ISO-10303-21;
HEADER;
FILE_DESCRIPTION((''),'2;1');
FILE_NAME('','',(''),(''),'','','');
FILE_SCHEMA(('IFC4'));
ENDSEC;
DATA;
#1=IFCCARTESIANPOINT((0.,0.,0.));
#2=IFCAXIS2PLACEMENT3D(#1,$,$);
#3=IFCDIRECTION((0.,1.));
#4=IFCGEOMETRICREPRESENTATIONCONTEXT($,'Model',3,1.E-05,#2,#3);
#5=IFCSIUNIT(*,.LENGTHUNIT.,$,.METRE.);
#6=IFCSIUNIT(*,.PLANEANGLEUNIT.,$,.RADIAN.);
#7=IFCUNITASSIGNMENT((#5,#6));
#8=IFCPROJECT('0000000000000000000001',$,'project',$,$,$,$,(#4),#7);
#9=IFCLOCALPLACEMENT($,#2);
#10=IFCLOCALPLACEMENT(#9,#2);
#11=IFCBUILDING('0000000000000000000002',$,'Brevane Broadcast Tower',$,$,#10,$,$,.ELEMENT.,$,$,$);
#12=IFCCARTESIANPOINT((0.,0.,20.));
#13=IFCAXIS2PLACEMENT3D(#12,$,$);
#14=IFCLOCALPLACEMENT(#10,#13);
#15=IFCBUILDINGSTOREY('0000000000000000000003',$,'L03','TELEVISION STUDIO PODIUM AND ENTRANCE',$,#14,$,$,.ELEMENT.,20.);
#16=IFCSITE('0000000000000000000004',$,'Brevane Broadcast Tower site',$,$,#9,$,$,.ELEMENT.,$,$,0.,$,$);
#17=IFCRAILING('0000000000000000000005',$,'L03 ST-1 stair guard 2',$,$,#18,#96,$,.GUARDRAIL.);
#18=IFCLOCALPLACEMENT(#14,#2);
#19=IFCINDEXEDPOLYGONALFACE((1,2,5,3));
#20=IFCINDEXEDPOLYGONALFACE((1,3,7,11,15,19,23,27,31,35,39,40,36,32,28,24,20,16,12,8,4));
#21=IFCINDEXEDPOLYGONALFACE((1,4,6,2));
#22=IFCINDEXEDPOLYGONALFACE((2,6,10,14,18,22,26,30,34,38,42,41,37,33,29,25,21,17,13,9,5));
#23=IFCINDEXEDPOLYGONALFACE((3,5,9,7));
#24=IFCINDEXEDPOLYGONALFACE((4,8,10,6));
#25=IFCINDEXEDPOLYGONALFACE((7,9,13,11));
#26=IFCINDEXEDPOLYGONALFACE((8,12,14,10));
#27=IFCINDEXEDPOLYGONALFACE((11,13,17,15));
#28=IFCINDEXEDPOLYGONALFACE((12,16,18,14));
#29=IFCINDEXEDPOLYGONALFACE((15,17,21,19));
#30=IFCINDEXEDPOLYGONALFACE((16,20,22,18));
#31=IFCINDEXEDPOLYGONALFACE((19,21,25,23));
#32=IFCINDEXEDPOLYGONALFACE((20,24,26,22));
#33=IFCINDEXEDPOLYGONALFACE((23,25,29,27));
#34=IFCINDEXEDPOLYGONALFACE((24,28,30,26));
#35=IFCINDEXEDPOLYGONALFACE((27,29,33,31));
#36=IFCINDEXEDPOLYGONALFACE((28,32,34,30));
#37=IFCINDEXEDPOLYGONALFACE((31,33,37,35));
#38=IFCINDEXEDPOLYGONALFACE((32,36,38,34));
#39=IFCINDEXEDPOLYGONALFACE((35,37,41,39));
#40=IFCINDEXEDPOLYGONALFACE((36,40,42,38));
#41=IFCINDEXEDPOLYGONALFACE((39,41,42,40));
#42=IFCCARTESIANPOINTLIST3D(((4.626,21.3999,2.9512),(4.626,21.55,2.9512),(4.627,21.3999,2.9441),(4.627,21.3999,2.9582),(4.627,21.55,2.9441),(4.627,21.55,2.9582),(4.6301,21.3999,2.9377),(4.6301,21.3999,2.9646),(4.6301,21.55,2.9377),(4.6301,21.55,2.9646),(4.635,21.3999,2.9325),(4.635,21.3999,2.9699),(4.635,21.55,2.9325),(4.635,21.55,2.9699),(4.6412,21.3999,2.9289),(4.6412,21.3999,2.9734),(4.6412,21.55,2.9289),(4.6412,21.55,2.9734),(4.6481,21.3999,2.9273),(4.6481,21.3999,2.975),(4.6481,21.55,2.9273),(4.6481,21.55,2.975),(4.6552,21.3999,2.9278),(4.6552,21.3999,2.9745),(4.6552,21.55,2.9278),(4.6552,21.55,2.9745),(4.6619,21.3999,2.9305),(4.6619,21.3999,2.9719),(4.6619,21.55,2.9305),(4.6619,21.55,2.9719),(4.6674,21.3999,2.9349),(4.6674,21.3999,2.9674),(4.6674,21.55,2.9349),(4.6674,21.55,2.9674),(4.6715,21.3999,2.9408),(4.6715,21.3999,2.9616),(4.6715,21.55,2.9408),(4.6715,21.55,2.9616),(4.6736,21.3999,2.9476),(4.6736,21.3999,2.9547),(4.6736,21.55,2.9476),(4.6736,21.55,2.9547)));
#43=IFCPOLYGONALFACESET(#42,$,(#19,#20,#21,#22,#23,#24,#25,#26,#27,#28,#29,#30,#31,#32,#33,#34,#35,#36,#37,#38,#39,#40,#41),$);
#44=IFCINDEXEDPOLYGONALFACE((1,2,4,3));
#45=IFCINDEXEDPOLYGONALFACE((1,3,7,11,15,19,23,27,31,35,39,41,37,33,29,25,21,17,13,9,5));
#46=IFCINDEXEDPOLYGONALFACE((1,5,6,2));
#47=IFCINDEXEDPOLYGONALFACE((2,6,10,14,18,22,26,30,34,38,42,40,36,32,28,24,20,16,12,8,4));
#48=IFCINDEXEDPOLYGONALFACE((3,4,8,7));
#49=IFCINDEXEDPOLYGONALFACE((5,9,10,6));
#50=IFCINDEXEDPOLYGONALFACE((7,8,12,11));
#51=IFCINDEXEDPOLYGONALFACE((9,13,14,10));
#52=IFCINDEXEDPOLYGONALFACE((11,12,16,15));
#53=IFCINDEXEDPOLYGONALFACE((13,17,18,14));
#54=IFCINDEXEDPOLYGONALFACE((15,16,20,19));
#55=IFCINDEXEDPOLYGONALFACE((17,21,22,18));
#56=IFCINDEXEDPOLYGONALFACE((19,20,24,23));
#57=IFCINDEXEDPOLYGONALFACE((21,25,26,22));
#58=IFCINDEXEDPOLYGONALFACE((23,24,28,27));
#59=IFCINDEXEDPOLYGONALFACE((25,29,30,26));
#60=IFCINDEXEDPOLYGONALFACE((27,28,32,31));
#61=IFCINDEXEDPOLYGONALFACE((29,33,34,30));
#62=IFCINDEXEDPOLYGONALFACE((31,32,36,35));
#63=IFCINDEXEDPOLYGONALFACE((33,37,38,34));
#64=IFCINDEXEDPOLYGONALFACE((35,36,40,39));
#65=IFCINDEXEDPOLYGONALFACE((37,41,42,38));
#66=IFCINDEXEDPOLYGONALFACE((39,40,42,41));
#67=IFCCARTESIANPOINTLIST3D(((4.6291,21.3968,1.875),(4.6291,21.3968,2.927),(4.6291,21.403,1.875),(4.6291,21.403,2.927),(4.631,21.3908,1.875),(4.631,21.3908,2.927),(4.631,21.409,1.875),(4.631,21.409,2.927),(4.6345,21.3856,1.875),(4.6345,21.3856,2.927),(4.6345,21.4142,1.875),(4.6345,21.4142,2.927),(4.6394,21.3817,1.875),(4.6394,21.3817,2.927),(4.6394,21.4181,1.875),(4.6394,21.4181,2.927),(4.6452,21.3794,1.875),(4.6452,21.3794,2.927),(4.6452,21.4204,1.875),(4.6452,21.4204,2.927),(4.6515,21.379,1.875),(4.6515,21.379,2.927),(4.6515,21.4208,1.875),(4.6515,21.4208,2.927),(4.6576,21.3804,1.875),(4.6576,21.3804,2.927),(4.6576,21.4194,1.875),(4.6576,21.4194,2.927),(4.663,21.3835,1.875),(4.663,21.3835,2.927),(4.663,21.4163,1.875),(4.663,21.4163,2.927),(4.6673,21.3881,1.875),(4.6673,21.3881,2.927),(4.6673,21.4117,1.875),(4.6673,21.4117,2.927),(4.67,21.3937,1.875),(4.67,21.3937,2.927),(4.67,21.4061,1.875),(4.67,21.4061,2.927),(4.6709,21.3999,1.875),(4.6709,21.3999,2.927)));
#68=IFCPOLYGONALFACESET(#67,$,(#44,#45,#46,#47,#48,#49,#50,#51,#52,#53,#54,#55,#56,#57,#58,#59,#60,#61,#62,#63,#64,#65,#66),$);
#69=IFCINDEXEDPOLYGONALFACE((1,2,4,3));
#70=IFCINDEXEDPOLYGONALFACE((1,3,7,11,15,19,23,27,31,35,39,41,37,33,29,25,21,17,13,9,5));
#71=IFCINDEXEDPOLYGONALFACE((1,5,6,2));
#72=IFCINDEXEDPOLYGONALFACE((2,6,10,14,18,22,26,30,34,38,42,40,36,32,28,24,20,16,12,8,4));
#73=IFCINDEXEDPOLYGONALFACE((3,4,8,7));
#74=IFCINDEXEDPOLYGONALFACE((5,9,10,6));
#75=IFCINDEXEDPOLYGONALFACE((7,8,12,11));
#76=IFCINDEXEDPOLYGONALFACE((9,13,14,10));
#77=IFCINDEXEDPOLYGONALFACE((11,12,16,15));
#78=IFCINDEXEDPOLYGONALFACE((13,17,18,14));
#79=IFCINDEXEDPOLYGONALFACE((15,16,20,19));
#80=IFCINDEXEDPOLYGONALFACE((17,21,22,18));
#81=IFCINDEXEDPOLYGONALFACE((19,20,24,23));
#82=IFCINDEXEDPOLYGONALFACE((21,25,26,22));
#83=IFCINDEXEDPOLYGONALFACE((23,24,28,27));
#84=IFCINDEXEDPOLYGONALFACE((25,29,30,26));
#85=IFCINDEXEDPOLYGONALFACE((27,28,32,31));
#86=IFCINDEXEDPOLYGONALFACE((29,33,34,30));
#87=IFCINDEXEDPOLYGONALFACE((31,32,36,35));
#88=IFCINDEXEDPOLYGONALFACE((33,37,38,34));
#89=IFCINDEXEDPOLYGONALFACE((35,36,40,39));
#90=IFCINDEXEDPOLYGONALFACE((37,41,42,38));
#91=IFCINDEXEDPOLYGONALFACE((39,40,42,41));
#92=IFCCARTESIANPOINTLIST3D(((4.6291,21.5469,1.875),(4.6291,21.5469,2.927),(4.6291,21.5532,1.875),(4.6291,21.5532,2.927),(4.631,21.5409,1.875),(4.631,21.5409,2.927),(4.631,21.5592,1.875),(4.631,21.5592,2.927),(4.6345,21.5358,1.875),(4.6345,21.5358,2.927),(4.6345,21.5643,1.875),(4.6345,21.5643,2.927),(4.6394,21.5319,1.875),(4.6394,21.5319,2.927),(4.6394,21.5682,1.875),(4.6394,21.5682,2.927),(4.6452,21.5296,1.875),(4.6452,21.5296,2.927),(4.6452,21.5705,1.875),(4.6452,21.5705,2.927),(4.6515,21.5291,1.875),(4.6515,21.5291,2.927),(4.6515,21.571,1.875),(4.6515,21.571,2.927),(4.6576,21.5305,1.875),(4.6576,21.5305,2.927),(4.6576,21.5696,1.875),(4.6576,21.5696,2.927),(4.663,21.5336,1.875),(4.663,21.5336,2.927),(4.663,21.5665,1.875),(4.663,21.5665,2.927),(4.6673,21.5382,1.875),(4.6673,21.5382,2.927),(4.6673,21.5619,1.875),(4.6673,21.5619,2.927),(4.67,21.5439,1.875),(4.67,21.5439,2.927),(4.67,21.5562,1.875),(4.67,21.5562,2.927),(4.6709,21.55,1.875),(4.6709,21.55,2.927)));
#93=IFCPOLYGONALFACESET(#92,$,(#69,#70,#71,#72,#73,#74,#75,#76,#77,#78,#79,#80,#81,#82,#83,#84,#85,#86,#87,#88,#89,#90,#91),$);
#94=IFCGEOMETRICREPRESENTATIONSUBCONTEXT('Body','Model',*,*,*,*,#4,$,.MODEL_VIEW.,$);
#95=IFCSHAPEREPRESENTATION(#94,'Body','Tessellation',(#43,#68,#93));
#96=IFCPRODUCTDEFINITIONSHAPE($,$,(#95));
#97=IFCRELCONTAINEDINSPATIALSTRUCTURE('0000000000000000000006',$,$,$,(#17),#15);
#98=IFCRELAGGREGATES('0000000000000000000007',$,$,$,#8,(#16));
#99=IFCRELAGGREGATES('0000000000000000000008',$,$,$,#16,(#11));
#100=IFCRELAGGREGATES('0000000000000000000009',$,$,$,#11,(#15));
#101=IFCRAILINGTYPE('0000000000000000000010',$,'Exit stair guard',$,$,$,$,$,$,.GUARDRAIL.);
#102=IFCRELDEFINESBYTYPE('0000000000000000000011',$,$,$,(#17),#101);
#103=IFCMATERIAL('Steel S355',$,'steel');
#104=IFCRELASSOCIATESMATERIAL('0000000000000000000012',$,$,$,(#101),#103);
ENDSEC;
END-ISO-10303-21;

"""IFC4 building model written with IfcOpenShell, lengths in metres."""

from ifc_helpers import new_model, si_unit, direction, frame, origin, origin_2d, place, context, subcontext, project, spatial, circle, extrude, material, type_object, element, save


model = new_model("IFC4")

# Units and contexts
model_context = context("Model", 3, precision=1e-05, world=origin(), true_north=direction((0.0, 1.0)))
body_context = subcontext(model_context, "Body", "Model", "MODEL_VIEW")
ifc_project = project(units=[si_unit("LENGTHUNIT", "METRE"), si_unit("PLANEANGLEUNIT", "RADIAN")], contexts=[model_context])

# Site, building, storey
site_placement = place(None, origin())
site = spatial("IfcSite", under=ifc_project, at=site_placement, Name="Brevane Broadcast Tower site", CompositionType="ELEMENT", RefElevation=0.0)
building_placement = place(site_placement, origin())
building = spatial("IfcBuilding", under=site, at=building_placement, Name="Brevane Broadcast Tower", CompositionType="ELEMENT")
storey_placement = place(building_placement, frame((0.0, 0.0, 20.0)))
storey = spatial("IfcBuildingStorey", under=building, at=storey_placement, Name="L03", Description="TELEVISION STUDIO PODIUM AND ENTRANCE", CompositionType="ELEMENT", Elevation=20.0)

# Railing
ifc_material_1 = material(Name="Steel S355", Category="steel")
railing_type_1 = type_object("IfcRailingType", Name="Exit stair guard", PredefinedType="GUARDRAIL", material=ifc_material_1)
railing_1_placement = place(storey_placement, frame((4.6499, 21.3999, 1.875)))
element("IfcRailing", 1, at=railing_1_placement, inside=storey, type_object=railing_type_1, Name="L03 ST-1 stair guard 2", PredefinedType="GUARDRAIL", context=body_context, shape_type="SweptSolid", body=[
    extrude(circle(Radius=0.0239, at=origin_2d()), frame((0.0, 0.0, 1.0762), z_axis=(0.0, 1.0, 0.0), x_axis=(-1.0, 0.0, 0.0)), (0.0, 0.0, 1.0), 0.1501),
    extrude(circle(Radius=0.021, at=origin_2d()), origin(), (0.0, 0.0, 1.0), 1.052),
    extrude(circle(Radius=0.021, at=origin_2d()), frame((0.0, 0.1501, 0.0)), (0.0, 0.0, 1.0), 1.052),
])

save(model, "model.ifc")
